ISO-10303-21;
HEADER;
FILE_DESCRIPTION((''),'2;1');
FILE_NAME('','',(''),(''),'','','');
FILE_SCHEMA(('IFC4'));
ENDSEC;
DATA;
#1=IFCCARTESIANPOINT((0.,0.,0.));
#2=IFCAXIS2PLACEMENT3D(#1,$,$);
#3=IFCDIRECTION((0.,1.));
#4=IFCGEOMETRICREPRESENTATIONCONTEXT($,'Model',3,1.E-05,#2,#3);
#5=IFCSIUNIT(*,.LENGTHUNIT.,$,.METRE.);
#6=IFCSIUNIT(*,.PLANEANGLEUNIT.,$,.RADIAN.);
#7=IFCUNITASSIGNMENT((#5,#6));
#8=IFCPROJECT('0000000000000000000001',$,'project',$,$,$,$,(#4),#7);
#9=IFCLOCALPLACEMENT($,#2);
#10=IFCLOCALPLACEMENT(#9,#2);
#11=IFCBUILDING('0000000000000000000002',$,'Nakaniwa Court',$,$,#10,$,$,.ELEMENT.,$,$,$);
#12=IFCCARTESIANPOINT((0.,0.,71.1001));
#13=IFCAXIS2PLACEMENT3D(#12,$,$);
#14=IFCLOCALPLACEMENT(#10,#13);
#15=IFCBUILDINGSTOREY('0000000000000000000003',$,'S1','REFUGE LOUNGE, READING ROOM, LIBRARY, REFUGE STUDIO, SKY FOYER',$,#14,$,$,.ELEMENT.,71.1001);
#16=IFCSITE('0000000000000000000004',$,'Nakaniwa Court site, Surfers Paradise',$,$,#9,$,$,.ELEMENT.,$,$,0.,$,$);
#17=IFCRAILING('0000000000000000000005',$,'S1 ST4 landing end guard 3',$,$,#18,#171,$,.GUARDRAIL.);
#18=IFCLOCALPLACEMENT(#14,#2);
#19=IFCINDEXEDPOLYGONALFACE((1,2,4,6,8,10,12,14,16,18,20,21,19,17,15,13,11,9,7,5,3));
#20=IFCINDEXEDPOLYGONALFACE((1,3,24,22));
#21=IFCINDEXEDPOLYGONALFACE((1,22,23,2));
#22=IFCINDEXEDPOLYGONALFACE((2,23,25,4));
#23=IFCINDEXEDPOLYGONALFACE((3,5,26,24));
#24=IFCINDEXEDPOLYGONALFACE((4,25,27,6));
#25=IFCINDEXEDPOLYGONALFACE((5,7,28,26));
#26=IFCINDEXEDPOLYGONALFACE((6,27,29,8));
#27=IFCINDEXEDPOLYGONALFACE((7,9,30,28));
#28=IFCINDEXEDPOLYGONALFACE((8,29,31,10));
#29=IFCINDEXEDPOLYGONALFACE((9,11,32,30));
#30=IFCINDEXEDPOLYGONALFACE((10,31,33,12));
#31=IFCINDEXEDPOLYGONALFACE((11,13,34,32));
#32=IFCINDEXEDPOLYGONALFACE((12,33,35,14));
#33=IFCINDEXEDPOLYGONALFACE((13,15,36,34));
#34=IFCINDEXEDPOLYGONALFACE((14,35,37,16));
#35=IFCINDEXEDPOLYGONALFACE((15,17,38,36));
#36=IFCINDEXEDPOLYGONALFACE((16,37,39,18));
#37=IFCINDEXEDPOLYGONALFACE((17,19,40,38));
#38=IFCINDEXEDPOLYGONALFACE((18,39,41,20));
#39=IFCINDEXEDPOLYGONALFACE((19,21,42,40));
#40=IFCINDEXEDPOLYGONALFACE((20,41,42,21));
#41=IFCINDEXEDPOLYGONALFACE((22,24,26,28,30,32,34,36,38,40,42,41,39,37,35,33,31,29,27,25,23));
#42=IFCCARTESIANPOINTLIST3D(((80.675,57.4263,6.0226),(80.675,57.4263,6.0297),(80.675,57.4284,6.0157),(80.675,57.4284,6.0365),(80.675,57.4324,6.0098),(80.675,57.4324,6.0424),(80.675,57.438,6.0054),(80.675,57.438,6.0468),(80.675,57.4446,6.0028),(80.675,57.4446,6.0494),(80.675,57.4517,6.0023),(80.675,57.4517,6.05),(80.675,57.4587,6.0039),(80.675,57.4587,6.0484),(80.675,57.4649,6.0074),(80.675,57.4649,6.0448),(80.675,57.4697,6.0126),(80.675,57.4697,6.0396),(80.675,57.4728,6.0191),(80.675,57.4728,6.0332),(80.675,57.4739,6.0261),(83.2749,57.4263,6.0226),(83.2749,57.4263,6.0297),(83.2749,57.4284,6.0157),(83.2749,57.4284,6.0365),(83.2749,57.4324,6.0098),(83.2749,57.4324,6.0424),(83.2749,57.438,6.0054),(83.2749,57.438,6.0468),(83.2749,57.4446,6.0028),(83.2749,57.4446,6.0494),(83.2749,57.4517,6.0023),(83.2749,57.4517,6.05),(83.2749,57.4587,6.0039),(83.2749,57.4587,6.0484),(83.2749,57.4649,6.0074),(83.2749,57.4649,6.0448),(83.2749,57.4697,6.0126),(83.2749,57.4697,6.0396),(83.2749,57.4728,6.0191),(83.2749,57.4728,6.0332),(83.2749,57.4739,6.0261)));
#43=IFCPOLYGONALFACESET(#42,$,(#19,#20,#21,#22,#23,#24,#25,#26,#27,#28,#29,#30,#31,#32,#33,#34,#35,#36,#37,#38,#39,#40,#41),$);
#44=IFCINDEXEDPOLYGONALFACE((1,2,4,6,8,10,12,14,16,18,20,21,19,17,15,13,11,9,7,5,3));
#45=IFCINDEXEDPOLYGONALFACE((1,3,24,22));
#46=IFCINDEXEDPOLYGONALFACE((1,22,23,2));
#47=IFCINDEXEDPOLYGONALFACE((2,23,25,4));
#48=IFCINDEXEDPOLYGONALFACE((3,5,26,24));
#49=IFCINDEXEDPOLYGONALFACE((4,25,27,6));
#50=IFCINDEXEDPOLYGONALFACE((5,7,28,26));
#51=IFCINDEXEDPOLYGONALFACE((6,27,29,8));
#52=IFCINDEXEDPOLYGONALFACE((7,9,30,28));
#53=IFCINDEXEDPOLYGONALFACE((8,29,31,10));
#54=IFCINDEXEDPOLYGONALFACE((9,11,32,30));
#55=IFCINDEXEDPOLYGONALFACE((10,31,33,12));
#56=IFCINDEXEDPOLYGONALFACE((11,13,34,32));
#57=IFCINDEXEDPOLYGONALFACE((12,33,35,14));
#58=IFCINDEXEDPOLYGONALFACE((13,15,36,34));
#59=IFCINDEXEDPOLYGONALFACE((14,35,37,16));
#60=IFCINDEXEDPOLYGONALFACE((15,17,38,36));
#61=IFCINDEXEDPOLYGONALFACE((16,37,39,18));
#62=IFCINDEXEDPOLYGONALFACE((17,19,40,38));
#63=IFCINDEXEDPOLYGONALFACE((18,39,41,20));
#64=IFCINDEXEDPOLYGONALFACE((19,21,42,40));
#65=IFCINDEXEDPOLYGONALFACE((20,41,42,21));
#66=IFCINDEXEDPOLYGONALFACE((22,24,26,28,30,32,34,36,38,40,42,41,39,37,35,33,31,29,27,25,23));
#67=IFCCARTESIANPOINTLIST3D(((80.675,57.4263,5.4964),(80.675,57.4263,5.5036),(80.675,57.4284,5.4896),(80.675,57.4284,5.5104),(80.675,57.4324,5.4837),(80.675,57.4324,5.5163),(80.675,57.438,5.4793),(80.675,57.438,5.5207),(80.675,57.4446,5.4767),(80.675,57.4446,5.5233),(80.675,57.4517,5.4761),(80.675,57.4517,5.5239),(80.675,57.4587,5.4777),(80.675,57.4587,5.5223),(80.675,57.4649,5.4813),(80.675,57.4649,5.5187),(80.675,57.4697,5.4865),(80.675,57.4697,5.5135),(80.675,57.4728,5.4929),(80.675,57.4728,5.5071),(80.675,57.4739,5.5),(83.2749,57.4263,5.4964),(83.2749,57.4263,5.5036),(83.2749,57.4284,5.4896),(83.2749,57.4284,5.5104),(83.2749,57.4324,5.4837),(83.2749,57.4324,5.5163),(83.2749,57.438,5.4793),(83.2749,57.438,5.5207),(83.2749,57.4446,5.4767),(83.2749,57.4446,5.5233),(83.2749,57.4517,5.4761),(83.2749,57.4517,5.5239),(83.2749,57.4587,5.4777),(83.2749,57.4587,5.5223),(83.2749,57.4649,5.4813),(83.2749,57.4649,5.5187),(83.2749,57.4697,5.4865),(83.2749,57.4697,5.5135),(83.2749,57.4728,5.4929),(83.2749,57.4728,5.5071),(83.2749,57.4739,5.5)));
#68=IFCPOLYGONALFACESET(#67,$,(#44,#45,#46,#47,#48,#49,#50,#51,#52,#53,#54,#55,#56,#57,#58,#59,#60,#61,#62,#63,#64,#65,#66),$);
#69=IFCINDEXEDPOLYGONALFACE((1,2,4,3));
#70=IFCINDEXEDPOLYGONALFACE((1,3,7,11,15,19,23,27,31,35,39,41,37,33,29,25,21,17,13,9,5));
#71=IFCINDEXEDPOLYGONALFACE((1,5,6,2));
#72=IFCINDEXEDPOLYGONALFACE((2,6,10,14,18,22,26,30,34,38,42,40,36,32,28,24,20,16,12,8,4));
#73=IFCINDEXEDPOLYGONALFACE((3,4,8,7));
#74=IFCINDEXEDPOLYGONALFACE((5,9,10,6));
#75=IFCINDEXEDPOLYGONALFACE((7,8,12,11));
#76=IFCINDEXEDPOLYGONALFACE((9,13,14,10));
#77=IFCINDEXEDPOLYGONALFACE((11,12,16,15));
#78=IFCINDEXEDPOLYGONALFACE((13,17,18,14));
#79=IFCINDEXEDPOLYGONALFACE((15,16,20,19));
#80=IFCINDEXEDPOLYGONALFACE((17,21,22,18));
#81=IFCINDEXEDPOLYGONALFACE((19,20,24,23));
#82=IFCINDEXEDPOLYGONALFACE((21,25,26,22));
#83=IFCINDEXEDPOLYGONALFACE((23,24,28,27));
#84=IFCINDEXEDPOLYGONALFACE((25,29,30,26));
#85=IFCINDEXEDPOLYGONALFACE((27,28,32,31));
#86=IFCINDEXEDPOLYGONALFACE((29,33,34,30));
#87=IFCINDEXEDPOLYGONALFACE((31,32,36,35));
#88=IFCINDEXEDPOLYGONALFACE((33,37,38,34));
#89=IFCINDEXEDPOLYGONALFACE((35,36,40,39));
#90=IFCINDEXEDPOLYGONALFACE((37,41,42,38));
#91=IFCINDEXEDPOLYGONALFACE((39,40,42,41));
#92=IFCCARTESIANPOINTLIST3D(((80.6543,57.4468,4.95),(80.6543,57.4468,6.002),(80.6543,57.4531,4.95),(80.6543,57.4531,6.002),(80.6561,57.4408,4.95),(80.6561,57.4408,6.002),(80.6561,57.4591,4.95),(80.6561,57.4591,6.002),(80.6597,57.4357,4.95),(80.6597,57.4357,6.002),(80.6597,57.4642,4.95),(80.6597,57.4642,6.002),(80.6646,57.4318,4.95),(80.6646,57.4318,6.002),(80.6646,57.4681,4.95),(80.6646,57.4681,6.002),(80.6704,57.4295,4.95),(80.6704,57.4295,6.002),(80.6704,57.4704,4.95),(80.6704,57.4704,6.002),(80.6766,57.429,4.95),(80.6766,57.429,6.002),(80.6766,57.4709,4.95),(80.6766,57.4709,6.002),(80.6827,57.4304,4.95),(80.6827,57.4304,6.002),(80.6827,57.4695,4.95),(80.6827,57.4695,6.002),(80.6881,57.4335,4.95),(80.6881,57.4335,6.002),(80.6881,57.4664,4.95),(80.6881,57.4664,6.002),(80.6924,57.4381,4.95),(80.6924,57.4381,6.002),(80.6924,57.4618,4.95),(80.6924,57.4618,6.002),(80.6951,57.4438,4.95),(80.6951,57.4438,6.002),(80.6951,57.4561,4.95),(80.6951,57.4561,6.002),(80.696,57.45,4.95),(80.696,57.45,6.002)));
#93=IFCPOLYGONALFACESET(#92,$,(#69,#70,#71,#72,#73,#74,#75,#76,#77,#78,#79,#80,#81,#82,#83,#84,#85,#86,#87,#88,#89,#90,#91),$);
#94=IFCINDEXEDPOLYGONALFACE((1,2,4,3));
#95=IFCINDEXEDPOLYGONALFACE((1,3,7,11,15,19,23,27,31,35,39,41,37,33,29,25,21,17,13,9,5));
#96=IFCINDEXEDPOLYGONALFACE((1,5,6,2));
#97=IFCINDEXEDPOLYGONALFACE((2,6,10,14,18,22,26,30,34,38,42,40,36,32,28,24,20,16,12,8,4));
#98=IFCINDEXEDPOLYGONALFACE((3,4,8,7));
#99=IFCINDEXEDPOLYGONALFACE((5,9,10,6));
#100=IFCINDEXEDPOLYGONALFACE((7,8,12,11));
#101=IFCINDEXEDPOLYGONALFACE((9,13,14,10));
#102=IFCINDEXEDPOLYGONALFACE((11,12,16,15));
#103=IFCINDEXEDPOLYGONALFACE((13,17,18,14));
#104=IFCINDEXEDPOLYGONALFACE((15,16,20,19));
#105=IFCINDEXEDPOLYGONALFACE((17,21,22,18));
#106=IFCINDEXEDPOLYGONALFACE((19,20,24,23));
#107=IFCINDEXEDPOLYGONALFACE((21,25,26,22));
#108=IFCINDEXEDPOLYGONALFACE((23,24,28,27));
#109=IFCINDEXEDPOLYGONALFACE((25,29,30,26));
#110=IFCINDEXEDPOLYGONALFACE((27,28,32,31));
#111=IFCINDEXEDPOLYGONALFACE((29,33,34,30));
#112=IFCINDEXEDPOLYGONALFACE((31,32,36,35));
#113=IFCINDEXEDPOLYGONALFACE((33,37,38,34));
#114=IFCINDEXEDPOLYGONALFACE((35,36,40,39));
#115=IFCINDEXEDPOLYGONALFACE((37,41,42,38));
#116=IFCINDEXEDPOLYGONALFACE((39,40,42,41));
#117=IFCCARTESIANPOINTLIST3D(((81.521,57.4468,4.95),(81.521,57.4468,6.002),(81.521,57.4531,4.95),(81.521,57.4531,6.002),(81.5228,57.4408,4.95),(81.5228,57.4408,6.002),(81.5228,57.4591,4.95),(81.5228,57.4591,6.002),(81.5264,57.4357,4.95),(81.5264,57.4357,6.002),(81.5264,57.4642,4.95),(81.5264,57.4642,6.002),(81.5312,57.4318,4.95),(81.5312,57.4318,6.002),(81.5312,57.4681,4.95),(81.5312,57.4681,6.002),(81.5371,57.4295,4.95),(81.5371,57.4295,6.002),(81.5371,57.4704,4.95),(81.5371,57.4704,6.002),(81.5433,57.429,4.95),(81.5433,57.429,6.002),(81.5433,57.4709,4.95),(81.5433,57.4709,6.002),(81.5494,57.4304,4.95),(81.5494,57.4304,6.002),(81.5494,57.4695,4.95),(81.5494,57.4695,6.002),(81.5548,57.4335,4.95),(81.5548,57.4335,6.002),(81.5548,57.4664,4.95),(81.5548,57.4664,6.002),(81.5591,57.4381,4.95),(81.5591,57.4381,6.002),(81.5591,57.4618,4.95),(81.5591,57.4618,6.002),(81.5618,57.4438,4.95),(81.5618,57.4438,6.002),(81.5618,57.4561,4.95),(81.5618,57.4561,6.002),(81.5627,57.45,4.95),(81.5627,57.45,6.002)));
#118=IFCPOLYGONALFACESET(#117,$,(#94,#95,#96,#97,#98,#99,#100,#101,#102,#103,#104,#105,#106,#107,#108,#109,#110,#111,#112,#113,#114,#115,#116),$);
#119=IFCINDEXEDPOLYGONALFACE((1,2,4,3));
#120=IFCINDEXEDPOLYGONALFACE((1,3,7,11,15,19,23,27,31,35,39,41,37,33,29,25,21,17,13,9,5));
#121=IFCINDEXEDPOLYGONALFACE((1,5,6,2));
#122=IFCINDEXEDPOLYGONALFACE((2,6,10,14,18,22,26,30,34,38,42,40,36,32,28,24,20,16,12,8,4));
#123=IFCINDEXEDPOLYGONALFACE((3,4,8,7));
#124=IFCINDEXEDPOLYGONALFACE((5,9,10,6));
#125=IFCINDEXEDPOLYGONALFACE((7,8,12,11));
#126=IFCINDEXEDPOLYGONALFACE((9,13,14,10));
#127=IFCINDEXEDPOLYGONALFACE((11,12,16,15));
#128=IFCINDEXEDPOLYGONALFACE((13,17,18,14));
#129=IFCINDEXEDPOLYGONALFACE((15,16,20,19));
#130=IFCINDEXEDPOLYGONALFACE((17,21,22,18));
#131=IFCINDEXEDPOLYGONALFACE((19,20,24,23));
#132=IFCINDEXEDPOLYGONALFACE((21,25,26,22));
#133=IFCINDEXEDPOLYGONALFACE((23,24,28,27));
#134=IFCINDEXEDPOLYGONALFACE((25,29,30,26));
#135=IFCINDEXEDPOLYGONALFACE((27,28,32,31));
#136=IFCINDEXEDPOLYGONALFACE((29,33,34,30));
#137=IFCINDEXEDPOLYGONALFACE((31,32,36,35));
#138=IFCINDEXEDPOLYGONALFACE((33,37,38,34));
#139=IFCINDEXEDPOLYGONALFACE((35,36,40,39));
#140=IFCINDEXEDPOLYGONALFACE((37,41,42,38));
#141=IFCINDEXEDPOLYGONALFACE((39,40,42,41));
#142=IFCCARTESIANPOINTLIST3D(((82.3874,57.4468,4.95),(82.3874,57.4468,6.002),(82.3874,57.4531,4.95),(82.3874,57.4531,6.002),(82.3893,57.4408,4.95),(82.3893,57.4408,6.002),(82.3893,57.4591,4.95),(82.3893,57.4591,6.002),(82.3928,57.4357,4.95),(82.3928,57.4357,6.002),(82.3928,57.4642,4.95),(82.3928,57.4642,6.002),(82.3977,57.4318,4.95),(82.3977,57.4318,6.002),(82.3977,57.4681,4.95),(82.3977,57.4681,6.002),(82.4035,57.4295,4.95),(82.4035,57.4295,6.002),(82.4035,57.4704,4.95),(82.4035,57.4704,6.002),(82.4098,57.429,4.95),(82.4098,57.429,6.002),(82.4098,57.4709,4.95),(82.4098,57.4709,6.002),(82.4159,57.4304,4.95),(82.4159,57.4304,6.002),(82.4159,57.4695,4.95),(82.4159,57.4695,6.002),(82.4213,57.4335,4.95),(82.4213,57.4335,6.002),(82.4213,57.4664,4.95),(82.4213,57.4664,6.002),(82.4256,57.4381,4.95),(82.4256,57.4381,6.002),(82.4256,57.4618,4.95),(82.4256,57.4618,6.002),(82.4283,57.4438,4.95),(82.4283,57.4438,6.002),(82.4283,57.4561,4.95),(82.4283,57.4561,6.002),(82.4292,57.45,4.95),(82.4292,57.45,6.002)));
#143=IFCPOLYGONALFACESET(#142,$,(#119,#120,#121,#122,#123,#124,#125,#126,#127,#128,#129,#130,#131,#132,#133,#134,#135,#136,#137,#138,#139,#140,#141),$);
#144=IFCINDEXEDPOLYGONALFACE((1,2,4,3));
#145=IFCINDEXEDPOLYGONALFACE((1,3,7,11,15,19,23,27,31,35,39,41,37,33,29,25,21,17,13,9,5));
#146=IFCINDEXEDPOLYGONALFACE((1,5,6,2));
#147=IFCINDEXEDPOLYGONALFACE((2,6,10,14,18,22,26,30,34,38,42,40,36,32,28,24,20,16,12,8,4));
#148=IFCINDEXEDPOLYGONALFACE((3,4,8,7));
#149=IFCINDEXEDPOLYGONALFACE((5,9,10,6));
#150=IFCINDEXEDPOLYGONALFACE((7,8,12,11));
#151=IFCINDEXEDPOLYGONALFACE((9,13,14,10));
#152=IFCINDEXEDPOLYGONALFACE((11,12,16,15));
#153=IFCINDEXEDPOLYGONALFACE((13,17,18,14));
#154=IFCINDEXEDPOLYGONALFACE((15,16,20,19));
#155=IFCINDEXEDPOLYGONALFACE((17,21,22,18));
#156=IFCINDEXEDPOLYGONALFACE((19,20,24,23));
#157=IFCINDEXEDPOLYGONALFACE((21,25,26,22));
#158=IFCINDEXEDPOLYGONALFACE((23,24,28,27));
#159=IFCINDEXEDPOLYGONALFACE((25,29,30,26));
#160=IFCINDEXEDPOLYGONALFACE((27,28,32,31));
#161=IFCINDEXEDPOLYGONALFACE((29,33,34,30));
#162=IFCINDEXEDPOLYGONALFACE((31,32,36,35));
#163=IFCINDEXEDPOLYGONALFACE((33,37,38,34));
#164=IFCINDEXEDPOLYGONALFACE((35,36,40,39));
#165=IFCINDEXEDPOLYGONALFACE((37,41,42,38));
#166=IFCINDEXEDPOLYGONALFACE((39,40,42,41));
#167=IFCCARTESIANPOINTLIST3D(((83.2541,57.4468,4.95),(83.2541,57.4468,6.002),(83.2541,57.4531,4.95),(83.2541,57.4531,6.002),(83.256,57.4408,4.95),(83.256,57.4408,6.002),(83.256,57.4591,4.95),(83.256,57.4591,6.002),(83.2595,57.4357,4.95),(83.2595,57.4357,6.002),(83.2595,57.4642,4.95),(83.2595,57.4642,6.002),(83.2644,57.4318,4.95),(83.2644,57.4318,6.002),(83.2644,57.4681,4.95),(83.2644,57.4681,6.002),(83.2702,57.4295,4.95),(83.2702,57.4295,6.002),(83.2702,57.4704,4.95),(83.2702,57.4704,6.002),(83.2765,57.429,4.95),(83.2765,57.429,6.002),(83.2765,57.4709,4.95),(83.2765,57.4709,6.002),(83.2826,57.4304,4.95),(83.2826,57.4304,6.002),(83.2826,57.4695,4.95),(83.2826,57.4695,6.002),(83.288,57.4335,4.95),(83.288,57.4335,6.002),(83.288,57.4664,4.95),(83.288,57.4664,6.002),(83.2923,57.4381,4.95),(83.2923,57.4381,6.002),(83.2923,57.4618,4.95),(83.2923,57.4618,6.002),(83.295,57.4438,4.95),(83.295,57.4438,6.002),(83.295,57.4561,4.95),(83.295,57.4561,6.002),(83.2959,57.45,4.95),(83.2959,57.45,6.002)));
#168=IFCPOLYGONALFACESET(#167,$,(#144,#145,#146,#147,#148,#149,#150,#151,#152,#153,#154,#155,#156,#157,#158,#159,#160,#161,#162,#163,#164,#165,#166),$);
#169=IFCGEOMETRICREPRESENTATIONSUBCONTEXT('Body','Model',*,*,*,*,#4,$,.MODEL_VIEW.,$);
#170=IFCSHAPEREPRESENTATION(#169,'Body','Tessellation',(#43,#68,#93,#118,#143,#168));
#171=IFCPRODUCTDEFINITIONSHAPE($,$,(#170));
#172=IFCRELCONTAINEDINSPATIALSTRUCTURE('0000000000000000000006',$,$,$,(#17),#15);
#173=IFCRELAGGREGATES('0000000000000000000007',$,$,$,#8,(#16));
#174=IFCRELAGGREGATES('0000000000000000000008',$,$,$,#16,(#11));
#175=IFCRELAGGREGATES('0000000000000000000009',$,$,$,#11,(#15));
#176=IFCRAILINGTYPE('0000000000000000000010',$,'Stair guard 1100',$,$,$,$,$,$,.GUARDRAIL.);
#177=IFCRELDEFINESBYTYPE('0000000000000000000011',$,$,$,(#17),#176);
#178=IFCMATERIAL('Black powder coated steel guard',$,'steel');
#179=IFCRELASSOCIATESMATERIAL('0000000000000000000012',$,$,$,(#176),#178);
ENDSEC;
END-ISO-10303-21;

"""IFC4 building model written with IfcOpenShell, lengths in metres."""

from ifc_helpers import new_model, si_unit, direction, frame, origin, origin_2d, place, context, subcontext, project, spatial, circle, extrude, material, type_object, element, save


model = new_model("IFC4")

# Units and contexts
model_context = context("Model", 3, precision=1e-05, world=origin(), true_north=direction((0.0, 1.0)))
body_context = subcontext(model_context, "Body", "Model", "MODEL_VIEW")
ifc_project = project(units=[si_unit("LENGTHUNIT", "METRE"), si_unit("PLANEANGLEUNIT", "RADIAN")], contexts=[model_context])

# Site, building, storey
site_placement = place(None, origin())
site = spatial("IfcSite", under=ifc_project, at=site_placement, Name="Nakaniwa Court site, Surfers Paradise", CompositionType="ELEMENT", RefElevation=0.0)
building_placement = place(site_placement, origin())
building = spatial("IfcBuilding", under=site, at=building_placement, Name="Nakaniwa Court", CompositionType="ELEMENT")
storey_placement = place(building_placement, frame((0.0, 0.0, 71.1001)))
storey = spatial("IfcBuildingStorey", under=building, at=storey_placement, Name="S1", Description="REFUGE LOUNGE, READING ROOM, LIBRARY, REFUGE STUDIO, SKY FOYER", CompositionType="ELEMENT", Elevation=71.1001)

# Railing
ifc_material_1 = material(Name="Black powder coated steel guard", Category="steel")
railing_type_1 = type_object("IfcRailingType", Name="Stair guard 1100", PredefinedType="GUARDRAIL", material=ifc_material_1)
railing_1_placement = place(storey_placement, frame((80.675, 57.45, 4.95)))
element("IfcRailing", 1, at=railing_1_placement, inside=storey, type_object=railing_type_1, Name="S1 ST4 landing end guard 3", PredefinedType="GUARDRAIL", context=body_context, shape_type="SweptSolid", body=[
    extrude(circle(Radius=0.0239, at=origin_2d()), frame((0.0, 0.0, 1.0762), z_axis=(1.0, 0.0, 0.0), x_axis=(0.0, 1.0, 0.0)), (0.0, 0.0, 1.0), 2.5999),
    extrude(circle(Radius=0.0239, at=origin_2d()), frame((0.0, 0.0, 0.55), z_axis=(1.0, 0.0, 0.0), x_axis=(0.0, 1.0, 0.0)), (0.0, 0.0, 1.0), 2.5999),
    extrude(circle(Radius=0.021, at=origin_2d()), origin(), (0.0, 0.0, 1.0), 1.052),
    extrude(circle(Radius=0.021, at=origin_2d()), frame((0.8667, 0.0, 0.0)), (0.0, 0.0, 1.0), 1.052),
    extrude(circle(Radius=0.021, at=origin_2d()), frame((1.7332, 0.0, 0.0)), (0.0, 0.0, 1.0), 1.052),
    extrude(circle(Radius=0.021, at=origin_2d()), frame((2.5999, 0.0, 0.0)), (0.0, 0.0, 1.0), 1.052),
])

save(model, "model.ifc")
